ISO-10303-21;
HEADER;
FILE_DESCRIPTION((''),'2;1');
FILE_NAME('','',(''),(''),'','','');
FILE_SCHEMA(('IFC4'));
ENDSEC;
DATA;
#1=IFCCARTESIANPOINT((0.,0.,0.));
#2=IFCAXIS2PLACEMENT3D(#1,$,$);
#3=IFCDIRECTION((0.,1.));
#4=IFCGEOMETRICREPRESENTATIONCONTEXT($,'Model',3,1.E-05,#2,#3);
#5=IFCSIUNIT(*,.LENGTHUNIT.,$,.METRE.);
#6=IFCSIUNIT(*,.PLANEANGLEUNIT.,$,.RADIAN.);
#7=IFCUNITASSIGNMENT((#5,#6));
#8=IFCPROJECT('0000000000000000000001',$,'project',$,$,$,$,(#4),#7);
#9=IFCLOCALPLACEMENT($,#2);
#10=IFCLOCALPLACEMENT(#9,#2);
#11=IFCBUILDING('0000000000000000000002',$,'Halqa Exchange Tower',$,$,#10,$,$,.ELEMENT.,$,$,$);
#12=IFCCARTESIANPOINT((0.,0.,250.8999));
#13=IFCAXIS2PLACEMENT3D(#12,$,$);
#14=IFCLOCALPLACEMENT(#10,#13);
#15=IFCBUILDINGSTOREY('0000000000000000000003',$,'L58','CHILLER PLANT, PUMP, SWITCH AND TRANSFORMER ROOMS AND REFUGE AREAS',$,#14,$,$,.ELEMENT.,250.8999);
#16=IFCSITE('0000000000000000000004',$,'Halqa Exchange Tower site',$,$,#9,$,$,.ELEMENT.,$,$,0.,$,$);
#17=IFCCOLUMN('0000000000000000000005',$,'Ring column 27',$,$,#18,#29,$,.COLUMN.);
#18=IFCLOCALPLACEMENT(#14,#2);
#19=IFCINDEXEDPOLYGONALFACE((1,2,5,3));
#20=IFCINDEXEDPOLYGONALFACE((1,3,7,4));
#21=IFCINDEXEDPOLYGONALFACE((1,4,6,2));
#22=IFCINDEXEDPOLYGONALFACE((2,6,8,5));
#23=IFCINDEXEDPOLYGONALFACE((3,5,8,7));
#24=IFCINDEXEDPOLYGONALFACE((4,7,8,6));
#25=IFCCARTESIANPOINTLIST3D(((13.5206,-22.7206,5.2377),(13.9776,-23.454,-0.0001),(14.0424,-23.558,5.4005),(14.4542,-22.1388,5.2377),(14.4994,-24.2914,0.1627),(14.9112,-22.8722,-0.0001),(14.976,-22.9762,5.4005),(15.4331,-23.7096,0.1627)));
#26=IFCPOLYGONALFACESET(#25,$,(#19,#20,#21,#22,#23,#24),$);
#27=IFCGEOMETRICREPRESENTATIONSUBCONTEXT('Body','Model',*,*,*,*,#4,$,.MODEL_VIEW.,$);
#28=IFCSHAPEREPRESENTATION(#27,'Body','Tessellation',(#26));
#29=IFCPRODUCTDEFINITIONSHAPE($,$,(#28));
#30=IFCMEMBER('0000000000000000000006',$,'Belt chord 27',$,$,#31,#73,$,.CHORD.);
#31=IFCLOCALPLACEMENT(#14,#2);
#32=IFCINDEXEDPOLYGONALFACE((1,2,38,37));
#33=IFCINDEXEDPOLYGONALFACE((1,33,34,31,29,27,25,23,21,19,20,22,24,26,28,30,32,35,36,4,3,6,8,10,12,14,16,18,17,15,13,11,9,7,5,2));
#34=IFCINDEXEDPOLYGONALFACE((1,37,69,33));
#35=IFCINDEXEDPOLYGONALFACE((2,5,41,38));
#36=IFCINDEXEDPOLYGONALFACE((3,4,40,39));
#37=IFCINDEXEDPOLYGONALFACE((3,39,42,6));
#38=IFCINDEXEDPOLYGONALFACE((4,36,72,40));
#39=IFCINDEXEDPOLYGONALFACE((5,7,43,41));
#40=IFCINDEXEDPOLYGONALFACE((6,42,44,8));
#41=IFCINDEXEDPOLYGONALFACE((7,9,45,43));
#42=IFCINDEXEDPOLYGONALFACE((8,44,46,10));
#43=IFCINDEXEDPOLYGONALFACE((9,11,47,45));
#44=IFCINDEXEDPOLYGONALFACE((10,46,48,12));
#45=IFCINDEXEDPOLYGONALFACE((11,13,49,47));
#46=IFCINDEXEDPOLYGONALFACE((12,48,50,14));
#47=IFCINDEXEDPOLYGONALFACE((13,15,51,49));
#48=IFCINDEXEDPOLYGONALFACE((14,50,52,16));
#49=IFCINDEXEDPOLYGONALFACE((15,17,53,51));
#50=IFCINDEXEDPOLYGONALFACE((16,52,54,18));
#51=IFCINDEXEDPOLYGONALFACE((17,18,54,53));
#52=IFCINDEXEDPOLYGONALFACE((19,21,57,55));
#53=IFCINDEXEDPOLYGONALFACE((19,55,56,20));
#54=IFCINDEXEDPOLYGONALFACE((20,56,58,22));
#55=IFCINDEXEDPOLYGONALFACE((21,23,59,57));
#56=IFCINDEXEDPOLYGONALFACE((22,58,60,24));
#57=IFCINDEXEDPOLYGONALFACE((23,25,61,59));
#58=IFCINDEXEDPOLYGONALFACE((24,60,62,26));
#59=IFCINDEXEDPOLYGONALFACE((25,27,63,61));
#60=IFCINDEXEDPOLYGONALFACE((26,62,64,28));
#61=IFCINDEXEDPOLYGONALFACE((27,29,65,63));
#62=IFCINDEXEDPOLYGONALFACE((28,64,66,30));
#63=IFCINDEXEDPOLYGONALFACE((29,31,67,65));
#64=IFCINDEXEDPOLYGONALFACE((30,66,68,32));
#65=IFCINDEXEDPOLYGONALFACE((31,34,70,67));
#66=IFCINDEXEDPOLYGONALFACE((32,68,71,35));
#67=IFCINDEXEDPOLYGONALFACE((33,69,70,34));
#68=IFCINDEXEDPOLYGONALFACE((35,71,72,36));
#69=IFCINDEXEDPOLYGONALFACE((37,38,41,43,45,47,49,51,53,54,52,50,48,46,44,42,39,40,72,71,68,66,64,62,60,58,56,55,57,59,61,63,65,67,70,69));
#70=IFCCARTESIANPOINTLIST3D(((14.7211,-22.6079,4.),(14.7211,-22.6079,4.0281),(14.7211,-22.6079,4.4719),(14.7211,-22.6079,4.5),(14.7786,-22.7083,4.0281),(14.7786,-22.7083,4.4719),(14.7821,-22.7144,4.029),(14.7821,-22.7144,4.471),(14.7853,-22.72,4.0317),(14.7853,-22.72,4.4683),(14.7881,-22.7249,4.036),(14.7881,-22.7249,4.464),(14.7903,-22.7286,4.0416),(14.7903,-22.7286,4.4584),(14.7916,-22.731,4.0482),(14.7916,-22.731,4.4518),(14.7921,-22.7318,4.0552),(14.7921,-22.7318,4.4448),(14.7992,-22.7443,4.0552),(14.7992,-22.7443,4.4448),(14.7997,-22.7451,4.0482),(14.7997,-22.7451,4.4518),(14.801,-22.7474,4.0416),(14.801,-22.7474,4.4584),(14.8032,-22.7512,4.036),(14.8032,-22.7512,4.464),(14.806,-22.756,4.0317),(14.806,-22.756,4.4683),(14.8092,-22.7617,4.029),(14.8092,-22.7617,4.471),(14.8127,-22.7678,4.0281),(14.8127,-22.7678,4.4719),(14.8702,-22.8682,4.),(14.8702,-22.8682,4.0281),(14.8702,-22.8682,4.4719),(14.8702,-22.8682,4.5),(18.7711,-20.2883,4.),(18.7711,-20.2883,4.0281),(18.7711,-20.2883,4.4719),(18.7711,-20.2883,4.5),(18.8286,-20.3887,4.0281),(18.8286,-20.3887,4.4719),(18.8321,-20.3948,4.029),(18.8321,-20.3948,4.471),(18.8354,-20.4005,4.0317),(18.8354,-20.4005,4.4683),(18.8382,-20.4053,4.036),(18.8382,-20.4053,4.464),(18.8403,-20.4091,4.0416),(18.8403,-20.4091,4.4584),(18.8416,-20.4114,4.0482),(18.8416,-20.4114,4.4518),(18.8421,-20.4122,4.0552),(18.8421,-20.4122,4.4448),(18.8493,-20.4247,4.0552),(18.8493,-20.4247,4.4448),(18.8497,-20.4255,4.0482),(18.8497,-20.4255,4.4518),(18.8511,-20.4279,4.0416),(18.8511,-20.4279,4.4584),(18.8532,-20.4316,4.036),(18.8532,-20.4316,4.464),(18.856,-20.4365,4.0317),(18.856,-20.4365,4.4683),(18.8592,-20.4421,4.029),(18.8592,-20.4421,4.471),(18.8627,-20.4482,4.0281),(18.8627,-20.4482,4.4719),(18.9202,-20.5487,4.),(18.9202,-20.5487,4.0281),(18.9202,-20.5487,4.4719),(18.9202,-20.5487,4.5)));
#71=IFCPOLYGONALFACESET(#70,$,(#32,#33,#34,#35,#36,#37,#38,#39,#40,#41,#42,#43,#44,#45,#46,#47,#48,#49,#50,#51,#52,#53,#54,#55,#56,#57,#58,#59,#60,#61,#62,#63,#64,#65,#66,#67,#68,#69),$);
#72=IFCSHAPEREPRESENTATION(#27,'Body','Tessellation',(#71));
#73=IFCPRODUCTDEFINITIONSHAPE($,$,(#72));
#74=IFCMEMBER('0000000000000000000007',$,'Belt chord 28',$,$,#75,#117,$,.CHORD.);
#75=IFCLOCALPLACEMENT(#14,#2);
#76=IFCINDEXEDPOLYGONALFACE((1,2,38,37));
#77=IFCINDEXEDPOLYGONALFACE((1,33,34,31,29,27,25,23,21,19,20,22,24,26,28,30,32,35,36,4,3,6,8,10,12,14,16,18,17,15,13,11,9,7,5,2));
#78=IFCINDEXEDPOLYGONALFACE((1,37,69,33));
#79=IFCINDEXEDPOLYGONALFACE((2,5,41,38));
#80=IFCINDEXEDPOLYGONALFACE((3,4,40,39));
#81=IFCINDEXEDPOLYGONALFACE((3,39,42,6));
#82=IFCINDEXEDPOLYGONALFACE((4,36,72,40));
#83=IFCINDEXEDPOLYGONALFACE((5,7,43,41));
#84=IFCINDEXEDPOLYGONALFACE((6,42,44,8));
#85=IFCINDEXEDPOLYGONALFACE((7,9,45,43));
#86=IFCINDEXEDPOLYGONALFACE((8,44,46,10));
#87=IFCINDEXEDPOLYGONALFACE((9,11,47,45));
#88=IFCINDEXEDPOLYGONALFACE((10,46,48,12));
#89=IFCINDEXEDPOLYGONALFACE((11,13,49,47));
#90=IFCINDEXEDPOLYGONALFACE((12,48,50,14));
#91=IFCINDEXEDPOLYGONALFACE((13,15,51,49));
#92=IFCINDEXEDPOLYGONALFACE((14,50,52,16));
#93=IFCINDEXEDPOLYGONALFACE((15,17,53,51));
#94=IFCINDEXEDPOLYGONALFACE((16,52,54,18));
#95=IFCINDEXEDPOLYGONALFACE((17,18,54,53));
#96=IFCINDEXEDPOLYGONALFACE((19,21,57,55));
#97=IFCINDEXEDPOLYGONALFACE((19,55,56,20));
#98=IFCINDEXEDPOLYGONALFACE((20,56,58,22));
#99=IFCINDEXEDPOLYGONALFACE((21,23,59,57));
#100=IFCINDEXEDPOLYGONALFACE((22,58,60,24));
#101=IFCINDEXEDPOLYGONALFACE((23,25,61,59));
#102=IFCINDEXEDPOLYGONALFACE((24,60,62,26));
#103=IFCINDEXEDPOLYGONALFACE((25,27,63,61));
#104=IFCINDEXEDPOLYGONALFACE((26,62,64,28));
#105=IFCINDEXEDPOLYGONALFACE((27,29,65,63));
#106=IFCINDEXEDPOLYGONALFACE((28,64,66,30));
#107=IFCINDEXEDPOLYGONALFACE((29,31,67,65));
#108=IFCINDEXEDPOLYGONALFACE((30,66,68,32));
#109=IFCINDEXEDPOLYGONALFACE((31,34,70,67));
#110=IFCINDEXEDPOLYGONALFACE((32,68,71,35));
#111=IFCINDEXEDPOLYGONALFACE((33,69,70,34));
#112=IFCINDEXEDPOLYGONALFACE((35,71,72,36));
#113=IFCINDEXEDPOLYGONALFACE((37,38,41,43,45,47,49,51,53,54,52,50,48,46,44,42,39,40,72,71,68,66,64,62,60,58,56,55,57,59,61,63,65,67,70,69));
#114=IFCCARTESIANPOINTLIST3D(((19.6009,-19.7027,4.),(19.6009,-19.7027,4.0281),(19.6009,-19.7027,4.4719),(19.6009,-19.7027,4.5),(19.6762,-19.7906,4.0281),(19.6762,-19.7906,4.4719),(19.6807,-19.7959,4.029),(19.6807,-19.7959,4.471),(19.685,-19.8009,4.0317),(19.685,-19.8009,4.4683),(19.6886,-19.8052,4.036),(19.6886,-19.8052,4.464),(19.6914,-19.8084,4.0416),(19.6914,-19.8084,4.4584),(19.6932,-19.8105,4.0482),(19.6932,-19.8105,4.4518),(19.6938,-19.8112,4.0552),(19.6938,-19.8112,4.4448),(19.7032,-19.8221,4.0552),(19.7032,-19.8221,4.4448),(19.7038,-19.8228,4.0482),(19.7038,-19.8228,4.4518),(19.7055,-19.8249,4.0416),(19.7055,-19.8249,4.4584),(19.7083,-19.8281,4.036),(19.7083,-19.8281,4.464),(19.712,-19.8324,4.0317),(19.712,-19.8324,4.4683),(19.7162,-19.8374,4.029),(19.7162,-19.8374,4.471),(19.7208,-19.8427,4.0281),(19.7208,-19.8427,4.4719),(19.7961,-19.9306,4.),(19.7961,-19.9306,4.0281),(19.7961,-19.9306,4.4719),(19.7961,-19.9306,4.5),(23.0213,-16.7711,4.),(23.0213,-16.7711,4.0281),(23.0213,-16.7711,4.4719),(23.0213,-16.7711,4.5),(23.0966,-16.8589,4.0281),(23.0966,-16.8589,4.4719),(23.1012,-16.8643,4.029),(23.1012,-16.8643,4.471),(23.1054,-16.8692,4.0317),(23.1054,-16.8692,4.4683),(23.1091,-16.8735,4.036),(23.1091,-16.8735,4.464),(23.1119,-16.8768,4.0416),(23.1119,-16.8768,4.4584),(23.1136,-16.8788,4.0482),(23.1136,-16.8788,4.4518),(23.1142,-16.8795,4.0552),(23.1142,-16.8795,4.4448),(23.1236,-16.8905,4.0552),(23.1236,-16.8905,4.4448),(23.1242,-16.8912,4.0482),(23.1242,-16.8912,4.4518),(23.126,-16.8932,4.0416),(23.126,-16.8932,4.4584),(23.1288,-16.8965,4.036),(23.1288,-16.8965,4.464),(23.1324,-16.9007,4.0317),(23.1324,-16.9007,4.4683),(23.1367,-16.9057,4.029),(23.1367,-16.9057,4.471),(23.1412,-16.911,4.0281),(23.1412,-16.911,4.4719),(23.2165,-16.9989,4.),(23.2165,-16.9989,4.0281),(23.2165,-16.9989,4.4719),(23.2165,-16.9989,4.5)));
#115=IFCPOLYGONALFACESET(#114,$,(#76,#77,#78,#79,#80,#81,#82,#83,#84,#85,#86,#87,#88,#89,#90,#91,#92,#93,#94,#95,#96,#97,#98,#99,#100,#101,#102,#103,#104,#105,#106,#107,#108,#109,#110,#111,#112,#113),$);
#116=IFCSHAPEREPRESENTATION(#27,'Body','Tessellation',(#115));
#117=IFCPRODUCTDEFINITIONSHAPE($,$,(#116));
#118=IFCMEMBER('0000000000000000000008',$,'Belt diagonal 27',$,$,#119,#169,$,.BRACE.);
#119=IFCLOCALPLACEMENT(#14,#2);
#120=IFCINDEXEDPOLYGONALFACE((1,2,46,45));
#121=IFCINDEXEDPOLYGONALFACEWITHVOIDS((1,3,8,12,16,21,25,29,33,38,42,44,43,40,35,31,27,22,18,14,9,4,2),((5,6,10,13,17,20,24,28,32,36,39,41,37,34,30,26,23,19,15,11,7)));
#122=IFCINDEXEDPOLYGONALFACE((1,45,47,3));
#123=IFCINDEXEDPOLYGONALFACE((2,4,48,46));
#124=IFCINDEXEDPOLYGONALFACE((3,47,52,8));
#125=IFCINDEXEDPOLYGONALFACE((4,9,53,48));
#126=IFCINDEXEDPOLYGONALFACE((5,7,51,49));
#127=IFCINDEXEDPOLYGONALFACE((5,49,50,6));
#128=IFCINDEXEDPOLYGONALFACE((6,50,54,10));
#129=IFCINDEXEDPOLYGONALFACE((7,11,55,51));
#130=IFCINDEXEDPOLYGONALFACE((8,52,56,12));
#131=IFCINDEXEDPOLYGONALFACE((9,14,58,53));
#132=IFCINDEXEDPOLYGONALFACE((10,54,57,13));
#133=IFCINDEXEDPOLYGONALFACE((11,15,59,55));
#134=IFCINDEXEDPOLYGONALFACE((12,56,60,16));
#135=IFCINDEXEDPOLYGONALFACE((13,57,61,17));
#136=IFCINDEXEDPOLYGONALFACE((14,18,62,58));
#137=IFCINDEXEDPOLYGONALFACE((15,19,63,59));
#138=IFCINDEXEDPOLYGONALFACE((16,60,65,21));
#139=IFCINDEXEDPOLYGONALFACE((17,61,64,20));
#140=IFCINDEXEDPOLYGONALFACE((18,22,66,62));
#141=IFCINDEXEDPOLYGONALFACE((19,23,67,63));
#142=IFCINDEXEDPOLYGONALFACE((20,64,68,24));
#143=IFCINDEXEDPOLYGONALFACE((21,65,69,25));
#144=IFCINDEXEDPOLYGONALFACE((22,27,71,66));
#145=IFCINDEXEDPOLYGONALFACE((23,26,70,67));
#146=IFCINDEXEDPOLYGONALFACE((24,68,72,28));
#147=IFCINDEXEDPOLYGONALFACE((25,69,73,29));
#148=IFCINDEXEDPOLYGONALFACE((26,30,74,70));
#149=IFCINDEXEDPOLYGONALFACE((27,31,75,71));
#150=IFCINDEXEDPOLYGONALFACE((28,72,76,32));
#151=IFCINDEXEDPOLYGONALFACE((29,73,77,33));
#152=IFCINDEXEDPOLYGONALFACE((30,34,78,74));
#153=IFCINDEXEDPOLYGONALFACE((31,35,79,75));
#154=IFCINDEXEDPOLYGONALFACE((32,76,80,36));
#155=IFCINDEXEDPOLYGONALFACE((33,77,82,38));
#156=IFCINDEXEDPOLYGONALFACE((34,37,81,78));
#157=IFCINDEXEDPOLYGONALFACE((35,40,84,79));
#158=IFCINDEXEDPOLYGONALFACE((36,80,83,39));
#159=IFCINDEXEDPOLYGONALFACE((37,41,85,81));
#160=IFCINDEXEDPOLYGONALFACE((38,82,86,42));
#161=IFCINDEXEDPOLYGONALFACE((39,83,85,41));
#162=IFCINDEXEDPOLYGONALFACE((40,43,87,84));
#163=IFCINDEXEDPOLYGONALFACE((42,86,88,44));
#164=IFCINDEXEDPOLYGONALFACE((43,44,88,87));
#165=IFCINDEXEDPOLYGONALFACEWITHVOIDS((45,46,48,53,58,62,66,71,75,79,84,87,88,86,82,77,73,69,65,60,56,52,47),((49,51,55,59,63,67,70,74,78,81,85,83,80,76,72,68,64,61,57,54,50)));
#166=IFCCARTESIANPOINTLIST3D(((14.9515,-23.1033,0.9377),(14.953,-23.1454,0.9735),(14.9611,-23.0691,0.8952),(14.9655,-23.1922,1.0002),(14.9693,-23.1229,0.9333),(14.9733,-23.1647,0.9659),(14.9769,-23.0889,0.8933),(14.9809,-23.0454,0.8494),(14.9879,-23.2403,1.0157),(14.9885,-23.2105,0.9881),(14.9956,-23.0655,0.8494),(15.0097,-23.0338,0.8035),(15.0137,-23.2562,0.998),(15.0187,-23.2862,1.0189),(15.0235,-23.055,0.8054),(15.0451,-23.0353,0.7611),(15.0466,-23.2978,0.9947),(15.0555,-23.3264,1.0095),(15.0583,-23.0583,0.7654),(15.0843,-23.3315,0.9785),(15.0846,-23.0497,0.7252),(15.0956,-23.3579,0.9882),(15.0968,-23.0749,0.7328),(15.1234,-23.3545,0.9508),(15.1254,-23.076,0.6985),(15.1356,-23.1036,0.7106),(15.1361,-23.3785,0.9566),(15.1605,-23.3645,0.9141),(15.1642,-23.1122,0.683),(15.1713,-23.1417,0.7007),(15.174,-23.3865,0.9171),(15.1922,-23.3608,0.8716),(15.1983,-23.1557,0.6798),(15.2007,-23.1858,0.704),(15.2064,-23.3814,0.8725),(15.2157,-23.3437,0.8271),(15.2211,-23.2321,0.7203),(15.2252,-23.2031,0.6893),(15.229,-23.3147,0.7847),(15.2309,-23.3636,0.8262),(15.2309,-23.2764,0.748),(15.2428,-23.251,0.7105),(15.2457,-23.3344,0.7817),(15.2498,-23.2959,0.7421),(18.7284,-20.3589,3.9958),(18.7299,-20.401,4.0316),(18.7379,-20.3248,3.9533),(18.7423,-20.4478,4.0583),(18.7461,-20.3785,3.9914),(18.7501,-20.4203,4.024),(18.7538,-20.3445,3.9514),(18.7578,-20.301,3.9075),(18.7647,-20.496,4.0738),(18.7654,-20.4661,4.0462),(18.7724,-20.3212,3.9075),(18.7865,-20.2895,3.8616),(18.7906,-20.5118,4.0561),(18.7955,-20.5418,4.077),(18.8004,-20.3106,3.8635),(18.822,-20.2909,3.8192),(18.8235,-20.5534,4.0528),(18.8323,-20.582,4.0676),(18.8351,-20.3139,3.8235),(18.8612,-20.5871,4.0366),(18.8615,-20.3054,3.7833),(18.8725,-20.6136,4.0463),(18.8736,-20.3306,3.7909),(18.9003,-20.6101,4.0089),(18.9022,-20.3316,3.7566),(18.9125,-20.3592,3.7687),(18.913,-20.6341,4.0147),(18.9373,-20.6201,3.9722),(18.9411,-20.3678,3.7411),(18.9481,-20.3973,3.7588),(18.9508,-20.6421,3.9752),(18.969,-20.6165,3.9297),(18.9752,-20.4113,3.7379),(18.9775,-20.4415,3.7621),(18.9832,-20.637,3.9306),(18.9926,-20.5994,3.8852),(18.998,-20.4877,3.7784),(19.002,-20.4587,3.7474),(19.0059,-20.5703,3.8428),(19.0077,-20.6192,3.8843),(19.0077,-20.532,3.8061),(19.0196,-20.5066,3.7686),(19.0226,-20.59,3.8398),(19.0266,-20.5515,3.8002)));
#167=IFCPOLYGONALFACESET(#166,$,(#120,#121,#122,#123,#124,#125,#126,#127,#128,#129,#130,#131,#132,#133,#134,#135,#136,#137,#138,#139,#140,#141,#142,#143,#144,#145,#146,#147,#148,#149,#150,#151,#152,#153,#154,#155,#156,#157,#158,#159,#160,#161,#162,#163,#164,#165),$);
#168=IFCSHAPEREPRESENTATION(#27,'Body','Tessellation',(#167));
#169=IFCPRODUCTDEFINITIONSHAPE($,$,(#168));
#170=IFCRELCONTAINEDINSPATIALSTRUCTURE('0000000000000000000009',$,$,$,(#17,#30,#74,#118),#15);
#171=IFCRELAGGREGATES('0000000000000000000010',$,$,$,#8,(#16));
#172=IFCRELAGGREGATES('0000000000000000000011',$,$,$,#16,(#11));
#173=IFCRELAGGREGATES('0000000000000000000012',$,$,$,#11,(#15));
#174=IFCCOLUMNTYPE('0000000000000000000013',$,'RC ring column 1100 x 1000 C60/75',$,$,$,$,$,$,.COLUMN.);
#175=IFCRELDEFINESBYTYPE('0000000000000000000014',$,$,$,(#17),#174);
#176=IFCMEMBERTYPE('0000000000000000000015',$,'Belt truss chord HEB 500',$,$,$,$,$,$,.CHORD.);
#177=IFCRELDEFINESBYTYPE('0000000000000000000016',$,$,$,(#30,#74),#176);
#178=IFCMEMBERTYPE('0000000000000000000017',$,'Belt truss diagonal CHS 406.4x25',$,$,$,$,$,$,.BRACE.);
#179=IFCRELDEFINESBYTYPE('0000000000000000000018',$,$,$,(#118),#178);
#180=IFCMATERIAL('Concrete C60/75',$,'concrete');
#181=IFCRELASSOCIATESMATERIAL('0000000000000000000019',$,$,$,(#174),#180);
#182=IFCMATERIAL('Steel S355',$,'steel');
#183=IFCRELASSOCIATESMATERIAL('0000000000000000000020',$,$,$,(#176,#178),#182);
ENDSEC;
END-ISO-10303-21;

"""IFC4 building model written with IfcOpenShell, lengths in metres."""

from ifc_helpers import new_model, si_unit, direction, frame, origin, origin_2d, place, context, subcontext, project, spatial, rectangle, hollow_circle, i_section, extrude, material, material_profile, profile_set, type_object, element, save


model = new_model("IFC4")

# Units and contexts
model_context = context("Model", 3, precision=1e-05, world=origin(), true_north=direction((0.0, 1.0)))
body_context = subcontext(model_context, "Body", "Model", "MODEL_VIEW")
ifc_project = project(units=[si_unit("LENGTHUNIT", "METRE"), si_unit("PLANEANGLEUNIT", "RADIAN")], contexts=[model_context])

# Site, building, storey
site_placement = place(None, origin())
site = spatial("IfcSite", under=ifc_project, at=site_placement, Name="Halqa Exchange Tower site", CompositionType="ELEMENT", RefElevation=0.0)
building_placement = place(site_placement, origin())
building = spatial("IfcBuilding", under=site, at=building_placement, Name="Halqa Exchange Tower", CompositionType="ELEMENT")
storey_placement = place(building_placement, frame((0.0, 0.0, 250.8999)))
storey = spatial("IfcBuildingStorey", under=building, at=storey_placement, Name="L58", Description="CHILLER PLANT, PUMP, SWITCH AND TRANSFORMER ROOMS AND REFUGE AREAS", CompositionType="ELEMENT", Elevation=250.8999)

# Column
ifc_material_1 = material(Name="Concrete C60/75", Category="concrete")
ifc_material_profile_1 = material_profile(ifc_material_1, rectangle(XDim=1.1001, YDim=1.0, at=origin_2d()), Name="1100 x 1000")
ifc_profile_set_1 = profile_set([ifc_material_profile_1], Name="Concrete C60/75")
column_type = type_object("IfcColumnType", Name="RC ring column 1100 x 1000 C60/75", PredefinedType="COLUMN", material=ifc_profile_set_1)
column_placement = place(storey_placement, frame((14.7053, -23.5818, 0.0813), z_axis=(-0.086093, 0.138153, 0.986662), x_axis=(-0.848696, -0.528881, 0.0)))
element("IfcColumn", 1, at=column_placement, inside=storey, type_object=column_type, Name="Ring column 27", PredefinedType="COLUMN", context=body_context, shape_type="SweptSolid", body=[
    extrude(rectangle(XDim=1.1001, YDim=1.0, at=origin_2d()), origin(), (0.0, 0.0, 1.0), 5.3086),
])

# Members
ifc_material_2 = material(Name="Steel S355", Category="steel")
ifc_material_profile_2 = material_profile(ifc_material_2, i_section(OverallWidth=0.3, OverallDepth=0.5, WebThickness=0.0144, FlangeThickness=0.0281, FilletRadius=0.0271, at=origin_2d()), Name="HEB 500")
ifc_profile_set_2 = profile_set([ifc_material_profile_2], Name="Steel S355")
member_type_1 = type_object("IfcMemberType", Name="Belt truss chord HEB 500", PredefinedType="CHORD", material=ifc_profile_set_2)
member_1_placement = place(storey_placement, frame((14.7957, -22.738, 4.25), z_axis=(0.867757, 0.496989, 0.0), x_axis=(-0.496989, 0.867757, 0.0)))
element("IfcMember", 2, at=member_1_placement, inside=storey, type_object=member_type_1, Name="Belt chord 27", PredefinedType="CHORD", context=body_context, shape_type="SweptSolid", body=[
    extrude(i_section(OverallWidth=0.3, OverallDepth=0.5, WebThickness=0.0144, FlangeThickness=0.0281, FilletRadius=0.0271, at=origin_2d()), origin(), (0.0, 0.0, 1.0), 4.6672),
])
member_2_placement = place(storey_placement, frame((19.6985, -19.8167, 4.25), z_axis=(0.759272, 0.650774, 0.0), x_axis=(-0.650774, 0.759272, 0.0)))
element("IfcMember", 3, at=member_2_placement, inside=storey, type_object=member_type_1, Name="Belt chord 28", PredefinedType="CHORD", context=body_context, shape_type="SweptSolid", body=[
    extrude(i_section(OverallWidth=0.3, OverallDepth=0.5, WebThickness=0.0144, FlangeThickness=0.0281, FilletRadius=0.0271, at=origin_2d()), origin(), (0.0, 0.0, 1.0), 4.5049),
])
ifc_material_profile_3 = material_profile(ifc_material_2, hollow_circle(Radius=0.2031, WallThickness=0.0249, at=origin_2d()), Name="CHS 406.4x25")
ifc_profile_set_3 = profile_set([ifc_material_profile_3], Name="Steel S355")
member_type_2 = type_object("IfcMemberType", Name="Belt truss diagonal CHS 406.4x25", PredefinedType="BRACE", material=ifc_profile_set_3)
member_3_placement = place(storey_placement, frame((15.1003, -23.2097, 0.8494), z_axis=(0.676727, 0.491731, 0.547943), x_axis=(-0.587833, 0.808983, 0.0)))
element("IfcMember", 4, at=member_3_placement, inside=storey, type_object=member_type_2, Name="Belt diagonal 27", PredefinedType="BRACE", context=body_context, shape_type="SweptSolid", body=[
    extrude(hollow_circle(Radius=0.2031, WallThickness=0.0249, at=origin_2d()), origin(), (0.0, 0.0, 1.0), 5.5811),
])

save(model, "model.ifc")
